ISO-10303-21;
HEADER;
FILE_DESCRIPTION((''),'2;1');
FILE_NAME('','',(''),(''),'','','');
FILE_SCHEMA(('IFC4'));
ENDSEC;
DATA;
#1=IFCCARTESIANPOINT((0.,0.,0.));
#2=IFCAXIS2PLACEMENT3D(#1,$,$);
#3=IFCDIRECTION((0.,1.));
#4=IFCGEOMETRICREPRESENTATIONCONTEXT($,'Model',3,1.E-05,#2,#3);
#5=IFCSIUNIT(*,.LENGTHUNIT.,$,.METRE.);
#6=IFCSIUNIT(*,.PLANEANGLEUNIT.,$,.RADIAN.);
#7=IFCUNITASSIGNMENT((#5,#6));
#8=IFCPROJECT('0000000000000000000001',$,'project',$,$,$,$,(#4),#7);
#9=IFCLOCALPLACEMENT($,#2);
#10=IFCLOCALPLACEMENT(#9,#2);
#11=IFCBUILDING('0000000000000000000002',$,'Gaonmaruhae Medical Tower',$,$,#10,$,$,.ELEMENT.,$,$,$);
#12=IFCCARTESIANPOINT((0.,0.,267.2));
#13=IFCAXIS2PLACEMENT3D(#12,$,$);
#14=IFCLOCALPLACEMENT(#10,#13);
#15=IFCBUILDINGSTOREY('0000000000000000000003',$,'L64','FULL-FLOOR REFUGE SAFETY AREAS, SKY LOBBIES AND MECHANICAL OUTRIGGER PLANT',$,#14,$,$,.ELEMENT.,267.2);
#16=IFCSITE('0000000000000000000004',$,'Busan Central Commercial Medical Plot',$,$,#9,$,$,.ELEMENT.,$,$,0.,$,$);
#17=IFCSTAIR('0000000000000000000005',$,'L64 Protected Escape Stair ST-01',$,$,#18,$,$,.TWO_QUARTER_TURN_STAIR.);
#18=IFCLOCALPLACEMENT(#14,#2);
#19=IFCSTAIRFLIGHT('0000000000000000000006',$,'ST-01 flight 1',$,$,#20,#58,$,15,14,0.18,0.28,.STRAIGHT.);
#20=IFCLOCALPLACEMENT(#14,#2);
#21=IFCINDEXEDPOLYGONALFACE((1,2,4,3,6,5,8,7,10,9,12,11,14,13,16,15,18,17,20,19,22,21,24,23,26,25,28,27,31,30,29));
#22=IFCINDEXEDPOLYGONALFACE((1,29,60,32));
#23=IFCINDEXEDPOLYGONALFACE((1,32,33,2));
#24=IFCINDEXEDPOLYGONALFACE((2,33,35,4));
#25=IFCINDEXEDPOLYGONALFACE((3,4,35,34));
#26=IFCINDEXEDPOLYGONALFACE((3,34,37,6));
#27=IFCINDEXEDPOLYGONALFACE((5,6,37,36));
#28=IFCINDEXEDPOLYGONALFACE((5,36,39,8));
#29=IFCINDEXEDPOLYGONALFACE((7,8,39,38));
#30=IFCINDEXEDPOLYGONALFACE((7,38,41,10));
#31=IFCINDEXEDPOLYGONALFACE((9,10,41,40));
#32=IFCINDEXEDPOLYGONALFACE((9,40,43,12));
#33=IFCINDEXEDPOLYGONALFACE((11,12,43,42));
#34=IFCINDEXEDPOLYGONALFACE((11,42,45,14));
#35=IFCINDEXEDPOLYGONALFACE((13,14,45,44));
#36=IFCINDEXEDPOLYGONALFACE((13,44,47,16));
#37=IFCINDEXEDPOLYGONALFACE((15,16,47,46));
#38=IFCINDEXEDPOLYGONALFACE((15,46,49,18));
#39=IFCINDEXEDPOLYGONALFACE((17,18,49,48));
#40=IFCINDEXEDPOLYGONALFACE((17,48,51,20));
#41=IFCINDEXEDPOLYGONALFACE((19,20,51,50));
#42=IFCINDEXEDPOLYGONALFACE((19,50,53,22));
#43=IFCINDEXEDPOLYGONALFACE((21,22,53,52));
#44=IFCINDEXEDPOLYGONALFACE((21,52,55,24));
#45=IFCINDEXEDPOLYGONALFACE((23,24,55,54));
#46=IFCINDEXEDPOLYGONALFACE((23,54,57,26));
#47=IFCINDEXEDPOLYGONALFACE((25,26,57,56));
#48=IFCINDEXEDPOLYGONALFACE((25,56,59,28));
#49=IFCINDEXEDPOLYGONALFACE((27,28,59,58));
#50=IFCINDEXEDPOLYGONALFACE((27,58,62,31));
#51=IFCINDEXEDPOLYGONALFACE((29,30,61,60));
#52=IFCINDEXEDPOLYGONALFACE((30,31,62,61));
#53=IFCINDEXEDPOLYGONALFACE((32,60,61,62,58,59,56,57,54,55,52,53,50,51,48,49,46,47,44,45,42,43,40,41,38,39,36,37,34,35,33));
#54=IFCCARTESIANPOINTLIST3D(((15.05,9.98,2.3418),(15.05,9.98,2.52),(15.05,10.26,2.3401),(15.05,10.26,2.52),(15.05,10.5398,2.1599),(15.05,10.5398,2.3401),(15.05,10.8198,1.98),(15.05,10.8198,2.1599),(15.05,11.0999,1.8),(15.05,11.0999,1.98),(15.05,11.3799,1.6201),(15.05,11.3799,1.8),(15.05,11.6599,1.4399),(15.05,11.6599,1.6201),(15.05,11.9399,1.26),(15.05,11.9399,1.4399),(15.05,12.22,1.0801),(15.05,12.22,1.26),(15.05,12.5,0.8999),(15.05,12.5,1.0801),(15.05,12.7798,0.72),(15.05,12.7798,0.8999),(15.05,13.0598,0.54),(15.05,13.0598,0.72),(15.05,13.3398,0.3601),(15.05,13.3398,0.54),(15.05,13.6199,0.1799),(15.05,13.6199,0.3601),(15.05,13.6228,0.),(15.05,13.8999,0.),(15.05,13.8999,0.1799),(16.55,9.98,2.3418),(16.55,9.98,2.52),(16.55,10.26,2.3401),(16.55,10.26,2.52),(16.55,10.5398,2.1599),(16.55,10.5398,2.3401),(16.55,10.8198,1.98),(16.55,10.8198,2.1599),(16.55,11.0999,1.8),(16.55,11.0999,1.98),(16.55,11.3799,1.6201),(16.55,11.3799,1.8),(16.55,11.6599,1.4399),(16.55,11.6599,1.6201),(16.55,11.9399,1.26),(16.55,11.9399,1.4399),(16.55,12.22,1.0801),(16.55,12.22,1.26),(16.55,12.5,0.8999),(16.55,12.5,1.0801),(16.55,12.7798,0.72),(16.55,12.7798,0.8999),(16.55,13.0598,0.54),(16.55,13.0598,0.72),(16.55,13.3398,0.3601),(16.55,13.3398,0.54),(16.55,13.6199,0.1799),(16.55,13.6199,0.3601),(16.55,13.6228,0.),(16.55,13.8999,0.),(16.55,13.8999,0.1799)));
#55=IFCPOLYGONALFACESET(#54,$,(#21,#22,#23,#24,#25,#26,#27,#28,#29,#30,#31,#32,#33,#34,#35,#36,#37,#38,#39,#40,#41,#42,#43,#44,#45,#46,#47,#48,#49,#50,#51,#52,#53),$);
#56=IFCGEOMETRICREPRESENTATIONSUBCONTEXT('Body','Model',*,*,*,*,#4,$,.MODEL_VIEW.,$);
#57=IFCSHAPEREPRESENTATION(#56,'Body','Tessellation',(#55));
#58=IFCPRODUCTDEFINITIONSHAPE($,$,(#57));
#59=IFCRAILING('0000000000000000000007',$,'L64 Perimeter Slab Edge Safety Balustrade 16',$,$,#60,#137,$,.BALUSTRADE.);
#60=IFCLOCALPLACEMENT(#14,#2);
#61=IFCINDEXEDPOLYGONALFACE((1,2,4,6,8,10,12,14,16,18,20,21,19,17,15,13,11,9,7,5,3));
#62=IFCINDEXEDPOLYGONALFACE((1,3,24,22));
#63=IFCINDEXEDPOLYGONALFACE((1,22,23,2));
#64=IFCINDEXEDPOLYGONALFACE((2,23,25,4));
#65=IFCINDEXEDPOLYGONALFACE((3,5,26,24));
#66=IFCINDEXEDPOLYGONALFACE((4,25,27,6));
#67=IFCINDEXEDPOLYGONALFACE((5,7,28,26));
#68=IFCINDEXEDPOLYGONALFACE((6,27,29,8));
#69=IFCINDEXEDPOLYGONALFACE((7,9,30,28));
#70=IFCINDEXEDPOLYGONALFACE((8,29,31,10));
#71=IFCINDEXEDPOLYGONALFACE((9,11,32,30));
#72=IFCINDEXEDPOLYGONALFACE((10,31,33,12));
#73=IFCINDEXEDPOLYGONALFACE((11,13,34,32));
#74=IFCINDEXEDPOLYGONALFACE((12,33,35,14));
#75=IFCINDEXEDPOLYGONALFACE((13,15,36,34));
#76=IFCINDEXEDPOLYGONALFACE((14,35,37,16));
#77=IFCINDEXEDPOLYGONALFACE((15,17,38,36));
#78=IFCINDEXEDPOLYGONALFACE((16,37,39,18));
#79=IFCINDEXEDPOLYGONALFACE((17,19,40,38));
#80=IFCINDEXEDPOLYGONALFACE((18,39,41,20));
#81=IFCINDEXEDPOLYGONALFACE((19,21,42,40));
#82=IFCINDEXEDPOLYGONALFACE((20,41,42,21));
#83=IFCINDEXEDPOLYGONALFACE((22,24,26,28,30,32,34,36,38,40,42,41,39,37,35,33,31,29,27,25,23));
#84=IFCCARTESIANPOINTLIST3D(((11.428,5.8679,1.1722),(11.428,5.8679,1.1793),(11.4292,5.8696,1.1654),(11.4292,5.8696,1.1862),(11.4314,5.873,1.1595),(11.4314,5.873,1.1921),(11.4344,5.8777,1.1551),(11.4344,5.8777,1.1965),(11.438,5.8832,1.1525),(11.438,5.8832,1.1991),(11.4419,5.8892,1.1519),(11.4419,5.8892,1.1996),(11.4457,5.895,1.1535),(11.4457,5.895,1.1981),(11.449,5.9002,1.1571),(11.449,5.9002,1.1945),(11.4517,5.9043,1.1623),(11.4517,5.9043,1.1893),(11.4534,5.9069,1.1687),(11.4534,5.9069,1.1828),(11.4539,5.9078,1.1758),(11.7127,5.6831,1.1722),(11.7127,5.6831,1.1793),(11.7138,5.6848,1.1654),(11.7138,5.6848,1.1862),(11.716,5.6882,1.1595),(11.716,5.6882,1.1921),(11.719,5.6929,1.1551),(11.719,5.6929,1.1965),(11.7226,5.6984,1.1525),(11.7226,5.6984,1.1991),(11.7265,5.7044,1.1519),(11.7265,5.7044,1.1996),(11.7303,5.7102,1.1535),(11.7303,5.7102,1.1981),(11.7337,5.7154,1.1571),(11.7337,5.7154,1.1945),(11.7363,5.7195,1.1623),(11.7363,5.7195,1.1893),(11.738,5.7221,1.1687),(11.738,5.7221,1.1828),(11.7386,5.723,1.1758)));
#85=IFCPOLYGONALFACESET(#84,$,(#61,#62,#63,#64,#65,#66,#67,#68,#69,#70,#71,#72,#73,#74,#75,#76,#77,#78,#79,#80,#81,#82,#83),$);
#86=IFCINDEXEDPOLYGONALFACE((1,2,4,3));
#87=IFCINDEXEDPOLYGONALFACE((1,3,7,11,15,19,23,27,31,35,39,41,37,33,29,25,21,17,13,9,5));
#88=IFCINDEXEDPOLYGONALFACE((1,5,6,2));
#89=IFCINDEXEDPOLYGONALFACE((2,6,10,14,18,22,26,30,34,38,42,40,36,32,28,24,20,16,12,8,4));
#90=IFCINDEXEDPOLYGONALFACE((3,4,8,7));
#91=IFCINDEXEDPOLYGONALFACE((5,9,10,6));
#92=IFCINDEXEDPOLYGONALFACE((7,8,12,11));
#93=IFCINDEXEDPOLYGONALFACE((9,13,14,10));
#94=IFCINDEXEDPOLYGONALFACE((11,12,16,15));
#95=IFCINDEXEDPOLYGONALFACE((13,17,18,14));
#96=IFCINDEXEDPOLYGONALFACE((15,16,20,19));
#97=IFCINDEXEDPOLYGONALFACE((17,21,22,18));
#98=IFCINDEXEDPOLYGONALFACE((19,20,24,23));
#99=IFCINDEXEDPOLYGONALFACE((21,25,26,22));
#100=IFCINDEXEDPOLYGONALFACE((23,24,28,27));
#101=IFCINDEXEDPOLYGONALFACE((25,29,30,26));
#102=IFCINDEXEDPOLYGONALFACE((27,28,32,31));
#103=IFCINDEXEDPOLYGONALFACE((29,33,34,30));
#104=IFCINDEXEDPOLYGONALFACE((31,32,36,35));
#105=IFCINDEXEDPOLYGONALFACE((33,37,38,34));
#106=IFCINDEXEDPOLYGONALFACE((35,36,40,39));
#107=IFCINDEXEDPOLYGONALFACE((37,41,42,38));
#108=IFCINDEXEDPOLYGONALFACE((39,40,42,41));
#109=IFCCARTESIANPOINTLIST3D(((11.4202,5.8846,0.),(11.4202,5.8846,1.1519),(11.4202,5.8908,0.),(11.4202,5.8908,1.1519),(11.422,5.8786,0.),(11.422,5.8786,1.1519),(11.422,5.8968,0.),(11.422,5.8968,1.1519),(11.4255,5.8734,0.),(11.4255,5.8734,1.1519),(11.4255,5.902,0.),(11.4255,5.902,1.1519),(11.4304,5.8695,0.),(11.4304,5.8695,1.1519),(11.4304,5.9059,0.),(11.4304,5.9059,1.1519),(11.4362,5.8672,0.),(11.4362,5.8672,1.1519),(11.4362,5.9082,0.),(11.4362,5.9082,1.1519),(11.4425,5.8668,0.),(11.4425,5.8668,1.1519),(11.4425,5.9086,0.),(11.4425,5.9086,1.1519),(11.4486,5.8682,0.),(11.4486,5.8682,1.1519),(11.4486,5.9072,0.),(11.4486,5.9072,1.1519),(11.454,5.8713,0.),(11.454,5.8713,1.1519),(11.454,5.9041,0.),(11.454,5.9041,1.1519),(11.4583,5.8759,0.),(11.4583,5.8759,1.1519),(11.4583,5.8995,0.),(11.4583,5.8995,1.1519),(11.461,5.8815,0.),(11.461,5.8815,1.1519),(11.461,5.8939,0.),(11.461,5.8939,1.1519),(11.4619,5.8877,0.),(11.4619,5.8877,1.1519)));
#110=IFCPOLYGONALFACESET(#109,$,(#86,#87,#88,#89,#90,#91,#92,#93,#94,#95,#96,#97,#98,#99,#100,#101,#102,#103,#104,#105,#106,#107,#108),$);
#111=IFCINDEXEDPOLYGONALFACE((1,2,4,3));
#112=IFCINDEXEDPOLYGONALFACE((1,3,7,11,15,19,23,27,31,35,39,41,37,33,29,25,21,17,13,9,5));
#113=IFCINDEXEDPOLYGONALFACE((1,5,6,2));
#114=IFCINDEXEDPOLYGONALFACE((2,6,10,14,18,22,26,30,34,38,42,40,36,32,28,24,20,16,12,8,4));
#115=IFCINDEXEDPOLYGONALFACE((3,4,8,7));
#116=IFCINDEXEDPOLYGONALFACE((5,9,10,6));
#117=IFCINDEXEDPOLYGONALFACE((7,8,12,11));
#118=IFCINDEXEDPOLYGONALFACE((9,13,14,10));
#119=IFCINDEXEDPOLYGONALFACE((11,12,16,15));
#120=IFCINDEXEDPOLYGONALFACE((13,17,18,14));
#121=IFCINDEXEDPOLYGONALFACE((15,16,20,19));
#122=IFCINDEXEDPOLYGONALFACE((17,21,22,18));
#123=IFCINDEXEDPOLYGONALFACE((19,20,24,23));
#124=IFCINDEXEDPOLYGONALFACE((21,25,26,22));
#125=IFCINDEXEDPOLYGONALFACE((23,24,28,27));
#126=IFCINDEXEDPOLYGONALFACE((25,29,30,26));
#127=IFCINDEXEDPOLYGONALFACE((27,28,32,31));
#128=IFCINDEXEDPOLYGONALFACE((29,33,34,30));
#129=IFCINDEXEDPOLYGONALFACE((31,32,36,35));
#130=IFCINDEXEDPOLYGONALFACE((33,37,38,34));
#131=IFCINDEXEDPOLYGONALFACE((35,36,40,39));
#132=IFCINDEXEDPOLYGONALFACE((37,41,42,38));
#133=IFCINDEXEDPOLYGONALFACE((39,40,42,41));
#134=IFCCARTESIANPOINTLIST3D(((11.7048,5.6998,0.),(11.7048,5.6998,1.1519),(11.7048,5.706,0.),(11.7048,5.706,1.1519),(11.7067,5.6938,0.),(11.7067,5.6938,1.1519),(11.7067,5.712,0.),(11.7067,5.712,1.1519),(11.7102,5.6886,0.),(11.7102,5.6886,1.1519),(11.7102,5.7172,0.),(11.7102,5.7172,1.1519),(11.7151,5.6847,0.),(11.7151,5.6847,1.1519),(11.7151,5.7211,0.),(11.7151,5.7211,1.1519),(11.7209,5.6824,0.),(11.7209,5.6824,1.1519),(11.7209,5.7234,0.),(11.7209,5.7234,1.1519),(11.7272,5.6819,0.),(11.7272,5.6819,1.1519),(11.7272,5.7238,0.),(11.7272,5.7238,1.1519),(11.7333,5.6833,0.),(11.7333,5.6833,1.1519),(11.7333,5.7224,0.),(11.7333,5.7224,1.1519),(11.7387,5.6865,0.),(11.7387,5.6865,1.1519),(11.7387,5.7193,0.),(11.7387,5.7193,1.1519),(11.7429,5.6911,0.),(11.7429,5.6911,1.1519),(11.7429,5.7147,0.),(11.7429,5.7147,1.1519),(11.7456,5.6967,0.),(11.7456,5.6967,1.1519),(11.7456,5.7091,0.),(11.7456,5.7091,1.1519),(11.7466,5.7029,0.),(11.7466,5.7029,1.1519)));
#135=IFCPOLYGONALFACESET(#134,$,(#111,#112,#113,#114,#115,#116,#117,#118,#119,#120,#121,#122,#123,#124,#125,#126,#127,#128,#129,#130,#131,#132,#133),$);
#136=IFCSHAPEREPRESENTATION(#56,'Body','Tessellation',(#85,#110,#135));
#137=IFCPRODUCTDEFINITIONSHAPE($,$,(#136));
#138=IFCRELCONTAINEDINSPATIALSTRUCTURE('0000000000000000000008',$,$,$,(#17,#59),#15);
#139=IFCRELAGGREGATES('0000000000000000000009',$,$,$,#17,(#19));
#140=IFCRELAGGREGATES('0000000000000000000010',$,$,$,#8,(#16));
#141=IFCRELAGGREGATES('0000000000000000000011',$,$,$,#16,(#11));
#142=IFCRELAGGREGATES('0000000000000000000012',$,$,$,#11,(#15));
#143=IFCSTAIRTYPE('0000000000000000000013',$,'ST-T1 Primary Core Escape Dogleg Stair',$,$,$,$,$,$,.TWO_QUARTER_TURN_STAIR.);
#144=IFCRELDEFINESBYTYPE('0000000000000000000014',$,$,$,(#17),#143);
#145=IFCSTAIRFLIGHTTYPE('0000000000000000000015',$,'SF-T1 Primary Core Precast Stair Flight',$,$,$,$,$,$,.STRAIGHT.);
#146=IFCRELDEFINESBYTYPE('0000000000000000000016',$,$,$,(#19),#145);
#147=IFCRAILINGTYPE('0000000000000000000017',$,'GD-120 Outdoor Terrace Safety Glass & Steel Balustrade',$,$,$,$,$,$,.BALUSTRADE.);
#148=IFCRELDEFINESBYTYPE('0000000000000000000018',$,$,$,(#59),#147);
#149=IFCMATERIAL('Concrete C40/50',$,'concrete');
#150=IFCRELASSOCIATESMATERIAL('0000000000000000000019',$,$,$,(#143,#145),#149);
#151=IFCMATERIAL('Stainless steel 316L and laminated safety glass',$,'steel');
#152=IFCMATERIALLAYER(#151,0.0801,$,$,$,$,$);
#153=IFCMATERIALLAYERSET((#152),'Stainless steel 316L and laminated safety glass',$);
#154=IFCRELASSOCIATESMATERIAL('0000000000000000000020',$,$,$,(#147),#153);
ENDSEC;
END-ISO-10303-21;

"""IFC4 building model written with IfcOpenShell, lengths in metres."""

from ifc_helpers import new_model, si_unit, direction, frame, origin, origin_2d, place, context, subcontext, project, spatial, polyline, circle, outline, extrude, material, layer, layer_set, type_object, element, aggregate, save


model = new_model("IFC4")

# Units and contexts
model_context = context("Model", 3, precision=1e-05, world=origin(), true_north=direction((0.0, 1.0)))
body_context = subcontext(model_context, "Body", "Model", "MODEL_VIEW")
ifc_project = project(units=[si_unit("LENGTHUNIT", "METRE"), si_unit("PLANEANGLEUNIT", "RADIAN")], contexts=[model_context])

# Site, building, storey
site_placement = place(None, origin())
site = spatial("IfcSite", under=ifc_project, at=site_placement, Name="Busan Central Commercial Medical Plot", CompositionType="ELEMENT", RefElevation=0.0)
building_placement = place(site_placement, origin())
building = spatial("IfcBuilding", under=site, at=building_placement, Name="Gaonmaruhae Medical Tower", CompositionType="ELEMENT")
storey_placement = place(building_placement, frame((0.0, 0.0, 267.2)))
storey = spatial("IfcBuildingStorey", under=building, at=storey_placement, Name="L64", Description="FULL-FLOOR REFUGE SAFETY AREAS, SKY LOBBIES AND MECHANICAL OUTRIGGER PLANT", CompositionType="ELEMENT", Elevation=267.2)

# Stair, stair flight
ifc_material_1 = material(Name="Concrete C40/50", Category="concrete")
stair_type = type_object("IfcStairType", Name="ST-T1 Primary Core Escape Dogleg Stair", PredefinedType="TWO_QUARTER_TURN_STAIR", material=ifc_material_1)
stair_placement = place(storey_placement, origin())
stair = element("IfcStair", 1, at=stair_placement, inside=storey, type_object=stair_type, Name="L64 Protected Escape Stair ST-01", PredefinedType="TWO_QUARTER_TURN_STAIR")
stair_flight_type = type_object("IfcStairFlightType", Name="SF-T1 Primary Core Precast Stair Flight", PredefinedType="STRAIGHT", material=ifc_material_1)
stair_flight_placement = place(storey_placement, frame((15.8, 13.8999, 0.0), z_axis=(0.0, 0.0, 1.0), x_axis=(0.0, -1.0, 0.0)))
stair_flight = element("IfcStairFlight", 2, at=stair_flight_placement, type_object=stair_flight_type, Name="ST-01 flight 1", NumberOfRisers=15, NumberOfTreads=14, PredefinedType="STRAIGHT", RiserHeight=0.18, TreadLength=0.28, context=body_context, shape_type="SweptSolid", body=[
    extrude(outline(polyline([(0.0, 0.0), (0.0, 0.1799), (0.28, 0.1799), (0.28, 0.3601), (0.5601, 0.3601), (0.5601, 0.54), (0.8401, 0.54), (0.8401, 0.72), (1.1201, 0.72), (1.1201, 0.8999), (1.3999, 0.8999), (1.3999, 1.0801), (1.6799, 1.0801), (1.6799, 1.26), (1.96, 1.26), (1.96, 1.4399), (2.24, 1.4399), (2.24, 1.6201), (2.52, 1.6201), (2.52, 1.8), (2.8, 1.8), (2.8, 1.98), (3.0801, 1.98), (3.0801, 2.1599), (3.3601, 2.1599), (3.3601, 2.3401), (3.6399, 2.3401), (3.6399, 2.52), (3.9199, 2.52), (3.9199, 2.7), (3.9199, 2.3418), (0.2771, 0.0), (0.0, 0.0)])), frame((0.0, 0.75, 0.0), z_axis=(0.0, -1.0, 0.0), x_axis=(1.0, 0.0, 0.0)), (0.0, 0.0, 1.0), 1.5),
])
aggregate(stair, [stair_flight])

# Railing
ifc_material_2 = material(Name="Stainless steel 316L and laminated safety glass", Category="steel")
ifc_layer_1 = layer(ifc_material_2, 0.0801)
ifc_layer_set_1 = layer_set([ifc_layer_1], Name="Stainless steel 316L and laminated safety glass")
railing_type_1 = type_object("IfcRailingType", Name="GD-120 Outdoor Terrace Safety Glass & Steel Balustrade", PredefinedType="BALUSTRADE", material=ifc_layer_set_1)
railing_1_placement = place(storey_placement, frame((11.4409, 5.8877, 0.0)))
element("IfcRailing", 3, at=railing_1_placement, inside=storey, type_object=railing_type_1, Name="L64 Perimeter Slab Edge Safety Balustrade 16", PredefinedType="BALUSTRADE", context=body_context, shape_type="SweptSolid", body=[
    extrude(circle(Radius=0.0239, at=origin_2d()), frame((0.0, 0.0, 1.1758), z_axis=(0.838739, -0.544533, 0.0), x_axis=(0.544533, 0.838739, 0.0)), (0.0, 0.0, 1.0), 0.3394),
    extrude(circle(Radius=0.021, at=origin_2d()), origin(), (0.0, 0.0, 1.0), 1.1519),
    extrude(circle(Radius=0.021, at=origin_2d()), frame((0.2847, -0.1848, 0.0)), (0.0, 0.0, 1.0), 1.1519),
])

save(model, "model.ifc")
